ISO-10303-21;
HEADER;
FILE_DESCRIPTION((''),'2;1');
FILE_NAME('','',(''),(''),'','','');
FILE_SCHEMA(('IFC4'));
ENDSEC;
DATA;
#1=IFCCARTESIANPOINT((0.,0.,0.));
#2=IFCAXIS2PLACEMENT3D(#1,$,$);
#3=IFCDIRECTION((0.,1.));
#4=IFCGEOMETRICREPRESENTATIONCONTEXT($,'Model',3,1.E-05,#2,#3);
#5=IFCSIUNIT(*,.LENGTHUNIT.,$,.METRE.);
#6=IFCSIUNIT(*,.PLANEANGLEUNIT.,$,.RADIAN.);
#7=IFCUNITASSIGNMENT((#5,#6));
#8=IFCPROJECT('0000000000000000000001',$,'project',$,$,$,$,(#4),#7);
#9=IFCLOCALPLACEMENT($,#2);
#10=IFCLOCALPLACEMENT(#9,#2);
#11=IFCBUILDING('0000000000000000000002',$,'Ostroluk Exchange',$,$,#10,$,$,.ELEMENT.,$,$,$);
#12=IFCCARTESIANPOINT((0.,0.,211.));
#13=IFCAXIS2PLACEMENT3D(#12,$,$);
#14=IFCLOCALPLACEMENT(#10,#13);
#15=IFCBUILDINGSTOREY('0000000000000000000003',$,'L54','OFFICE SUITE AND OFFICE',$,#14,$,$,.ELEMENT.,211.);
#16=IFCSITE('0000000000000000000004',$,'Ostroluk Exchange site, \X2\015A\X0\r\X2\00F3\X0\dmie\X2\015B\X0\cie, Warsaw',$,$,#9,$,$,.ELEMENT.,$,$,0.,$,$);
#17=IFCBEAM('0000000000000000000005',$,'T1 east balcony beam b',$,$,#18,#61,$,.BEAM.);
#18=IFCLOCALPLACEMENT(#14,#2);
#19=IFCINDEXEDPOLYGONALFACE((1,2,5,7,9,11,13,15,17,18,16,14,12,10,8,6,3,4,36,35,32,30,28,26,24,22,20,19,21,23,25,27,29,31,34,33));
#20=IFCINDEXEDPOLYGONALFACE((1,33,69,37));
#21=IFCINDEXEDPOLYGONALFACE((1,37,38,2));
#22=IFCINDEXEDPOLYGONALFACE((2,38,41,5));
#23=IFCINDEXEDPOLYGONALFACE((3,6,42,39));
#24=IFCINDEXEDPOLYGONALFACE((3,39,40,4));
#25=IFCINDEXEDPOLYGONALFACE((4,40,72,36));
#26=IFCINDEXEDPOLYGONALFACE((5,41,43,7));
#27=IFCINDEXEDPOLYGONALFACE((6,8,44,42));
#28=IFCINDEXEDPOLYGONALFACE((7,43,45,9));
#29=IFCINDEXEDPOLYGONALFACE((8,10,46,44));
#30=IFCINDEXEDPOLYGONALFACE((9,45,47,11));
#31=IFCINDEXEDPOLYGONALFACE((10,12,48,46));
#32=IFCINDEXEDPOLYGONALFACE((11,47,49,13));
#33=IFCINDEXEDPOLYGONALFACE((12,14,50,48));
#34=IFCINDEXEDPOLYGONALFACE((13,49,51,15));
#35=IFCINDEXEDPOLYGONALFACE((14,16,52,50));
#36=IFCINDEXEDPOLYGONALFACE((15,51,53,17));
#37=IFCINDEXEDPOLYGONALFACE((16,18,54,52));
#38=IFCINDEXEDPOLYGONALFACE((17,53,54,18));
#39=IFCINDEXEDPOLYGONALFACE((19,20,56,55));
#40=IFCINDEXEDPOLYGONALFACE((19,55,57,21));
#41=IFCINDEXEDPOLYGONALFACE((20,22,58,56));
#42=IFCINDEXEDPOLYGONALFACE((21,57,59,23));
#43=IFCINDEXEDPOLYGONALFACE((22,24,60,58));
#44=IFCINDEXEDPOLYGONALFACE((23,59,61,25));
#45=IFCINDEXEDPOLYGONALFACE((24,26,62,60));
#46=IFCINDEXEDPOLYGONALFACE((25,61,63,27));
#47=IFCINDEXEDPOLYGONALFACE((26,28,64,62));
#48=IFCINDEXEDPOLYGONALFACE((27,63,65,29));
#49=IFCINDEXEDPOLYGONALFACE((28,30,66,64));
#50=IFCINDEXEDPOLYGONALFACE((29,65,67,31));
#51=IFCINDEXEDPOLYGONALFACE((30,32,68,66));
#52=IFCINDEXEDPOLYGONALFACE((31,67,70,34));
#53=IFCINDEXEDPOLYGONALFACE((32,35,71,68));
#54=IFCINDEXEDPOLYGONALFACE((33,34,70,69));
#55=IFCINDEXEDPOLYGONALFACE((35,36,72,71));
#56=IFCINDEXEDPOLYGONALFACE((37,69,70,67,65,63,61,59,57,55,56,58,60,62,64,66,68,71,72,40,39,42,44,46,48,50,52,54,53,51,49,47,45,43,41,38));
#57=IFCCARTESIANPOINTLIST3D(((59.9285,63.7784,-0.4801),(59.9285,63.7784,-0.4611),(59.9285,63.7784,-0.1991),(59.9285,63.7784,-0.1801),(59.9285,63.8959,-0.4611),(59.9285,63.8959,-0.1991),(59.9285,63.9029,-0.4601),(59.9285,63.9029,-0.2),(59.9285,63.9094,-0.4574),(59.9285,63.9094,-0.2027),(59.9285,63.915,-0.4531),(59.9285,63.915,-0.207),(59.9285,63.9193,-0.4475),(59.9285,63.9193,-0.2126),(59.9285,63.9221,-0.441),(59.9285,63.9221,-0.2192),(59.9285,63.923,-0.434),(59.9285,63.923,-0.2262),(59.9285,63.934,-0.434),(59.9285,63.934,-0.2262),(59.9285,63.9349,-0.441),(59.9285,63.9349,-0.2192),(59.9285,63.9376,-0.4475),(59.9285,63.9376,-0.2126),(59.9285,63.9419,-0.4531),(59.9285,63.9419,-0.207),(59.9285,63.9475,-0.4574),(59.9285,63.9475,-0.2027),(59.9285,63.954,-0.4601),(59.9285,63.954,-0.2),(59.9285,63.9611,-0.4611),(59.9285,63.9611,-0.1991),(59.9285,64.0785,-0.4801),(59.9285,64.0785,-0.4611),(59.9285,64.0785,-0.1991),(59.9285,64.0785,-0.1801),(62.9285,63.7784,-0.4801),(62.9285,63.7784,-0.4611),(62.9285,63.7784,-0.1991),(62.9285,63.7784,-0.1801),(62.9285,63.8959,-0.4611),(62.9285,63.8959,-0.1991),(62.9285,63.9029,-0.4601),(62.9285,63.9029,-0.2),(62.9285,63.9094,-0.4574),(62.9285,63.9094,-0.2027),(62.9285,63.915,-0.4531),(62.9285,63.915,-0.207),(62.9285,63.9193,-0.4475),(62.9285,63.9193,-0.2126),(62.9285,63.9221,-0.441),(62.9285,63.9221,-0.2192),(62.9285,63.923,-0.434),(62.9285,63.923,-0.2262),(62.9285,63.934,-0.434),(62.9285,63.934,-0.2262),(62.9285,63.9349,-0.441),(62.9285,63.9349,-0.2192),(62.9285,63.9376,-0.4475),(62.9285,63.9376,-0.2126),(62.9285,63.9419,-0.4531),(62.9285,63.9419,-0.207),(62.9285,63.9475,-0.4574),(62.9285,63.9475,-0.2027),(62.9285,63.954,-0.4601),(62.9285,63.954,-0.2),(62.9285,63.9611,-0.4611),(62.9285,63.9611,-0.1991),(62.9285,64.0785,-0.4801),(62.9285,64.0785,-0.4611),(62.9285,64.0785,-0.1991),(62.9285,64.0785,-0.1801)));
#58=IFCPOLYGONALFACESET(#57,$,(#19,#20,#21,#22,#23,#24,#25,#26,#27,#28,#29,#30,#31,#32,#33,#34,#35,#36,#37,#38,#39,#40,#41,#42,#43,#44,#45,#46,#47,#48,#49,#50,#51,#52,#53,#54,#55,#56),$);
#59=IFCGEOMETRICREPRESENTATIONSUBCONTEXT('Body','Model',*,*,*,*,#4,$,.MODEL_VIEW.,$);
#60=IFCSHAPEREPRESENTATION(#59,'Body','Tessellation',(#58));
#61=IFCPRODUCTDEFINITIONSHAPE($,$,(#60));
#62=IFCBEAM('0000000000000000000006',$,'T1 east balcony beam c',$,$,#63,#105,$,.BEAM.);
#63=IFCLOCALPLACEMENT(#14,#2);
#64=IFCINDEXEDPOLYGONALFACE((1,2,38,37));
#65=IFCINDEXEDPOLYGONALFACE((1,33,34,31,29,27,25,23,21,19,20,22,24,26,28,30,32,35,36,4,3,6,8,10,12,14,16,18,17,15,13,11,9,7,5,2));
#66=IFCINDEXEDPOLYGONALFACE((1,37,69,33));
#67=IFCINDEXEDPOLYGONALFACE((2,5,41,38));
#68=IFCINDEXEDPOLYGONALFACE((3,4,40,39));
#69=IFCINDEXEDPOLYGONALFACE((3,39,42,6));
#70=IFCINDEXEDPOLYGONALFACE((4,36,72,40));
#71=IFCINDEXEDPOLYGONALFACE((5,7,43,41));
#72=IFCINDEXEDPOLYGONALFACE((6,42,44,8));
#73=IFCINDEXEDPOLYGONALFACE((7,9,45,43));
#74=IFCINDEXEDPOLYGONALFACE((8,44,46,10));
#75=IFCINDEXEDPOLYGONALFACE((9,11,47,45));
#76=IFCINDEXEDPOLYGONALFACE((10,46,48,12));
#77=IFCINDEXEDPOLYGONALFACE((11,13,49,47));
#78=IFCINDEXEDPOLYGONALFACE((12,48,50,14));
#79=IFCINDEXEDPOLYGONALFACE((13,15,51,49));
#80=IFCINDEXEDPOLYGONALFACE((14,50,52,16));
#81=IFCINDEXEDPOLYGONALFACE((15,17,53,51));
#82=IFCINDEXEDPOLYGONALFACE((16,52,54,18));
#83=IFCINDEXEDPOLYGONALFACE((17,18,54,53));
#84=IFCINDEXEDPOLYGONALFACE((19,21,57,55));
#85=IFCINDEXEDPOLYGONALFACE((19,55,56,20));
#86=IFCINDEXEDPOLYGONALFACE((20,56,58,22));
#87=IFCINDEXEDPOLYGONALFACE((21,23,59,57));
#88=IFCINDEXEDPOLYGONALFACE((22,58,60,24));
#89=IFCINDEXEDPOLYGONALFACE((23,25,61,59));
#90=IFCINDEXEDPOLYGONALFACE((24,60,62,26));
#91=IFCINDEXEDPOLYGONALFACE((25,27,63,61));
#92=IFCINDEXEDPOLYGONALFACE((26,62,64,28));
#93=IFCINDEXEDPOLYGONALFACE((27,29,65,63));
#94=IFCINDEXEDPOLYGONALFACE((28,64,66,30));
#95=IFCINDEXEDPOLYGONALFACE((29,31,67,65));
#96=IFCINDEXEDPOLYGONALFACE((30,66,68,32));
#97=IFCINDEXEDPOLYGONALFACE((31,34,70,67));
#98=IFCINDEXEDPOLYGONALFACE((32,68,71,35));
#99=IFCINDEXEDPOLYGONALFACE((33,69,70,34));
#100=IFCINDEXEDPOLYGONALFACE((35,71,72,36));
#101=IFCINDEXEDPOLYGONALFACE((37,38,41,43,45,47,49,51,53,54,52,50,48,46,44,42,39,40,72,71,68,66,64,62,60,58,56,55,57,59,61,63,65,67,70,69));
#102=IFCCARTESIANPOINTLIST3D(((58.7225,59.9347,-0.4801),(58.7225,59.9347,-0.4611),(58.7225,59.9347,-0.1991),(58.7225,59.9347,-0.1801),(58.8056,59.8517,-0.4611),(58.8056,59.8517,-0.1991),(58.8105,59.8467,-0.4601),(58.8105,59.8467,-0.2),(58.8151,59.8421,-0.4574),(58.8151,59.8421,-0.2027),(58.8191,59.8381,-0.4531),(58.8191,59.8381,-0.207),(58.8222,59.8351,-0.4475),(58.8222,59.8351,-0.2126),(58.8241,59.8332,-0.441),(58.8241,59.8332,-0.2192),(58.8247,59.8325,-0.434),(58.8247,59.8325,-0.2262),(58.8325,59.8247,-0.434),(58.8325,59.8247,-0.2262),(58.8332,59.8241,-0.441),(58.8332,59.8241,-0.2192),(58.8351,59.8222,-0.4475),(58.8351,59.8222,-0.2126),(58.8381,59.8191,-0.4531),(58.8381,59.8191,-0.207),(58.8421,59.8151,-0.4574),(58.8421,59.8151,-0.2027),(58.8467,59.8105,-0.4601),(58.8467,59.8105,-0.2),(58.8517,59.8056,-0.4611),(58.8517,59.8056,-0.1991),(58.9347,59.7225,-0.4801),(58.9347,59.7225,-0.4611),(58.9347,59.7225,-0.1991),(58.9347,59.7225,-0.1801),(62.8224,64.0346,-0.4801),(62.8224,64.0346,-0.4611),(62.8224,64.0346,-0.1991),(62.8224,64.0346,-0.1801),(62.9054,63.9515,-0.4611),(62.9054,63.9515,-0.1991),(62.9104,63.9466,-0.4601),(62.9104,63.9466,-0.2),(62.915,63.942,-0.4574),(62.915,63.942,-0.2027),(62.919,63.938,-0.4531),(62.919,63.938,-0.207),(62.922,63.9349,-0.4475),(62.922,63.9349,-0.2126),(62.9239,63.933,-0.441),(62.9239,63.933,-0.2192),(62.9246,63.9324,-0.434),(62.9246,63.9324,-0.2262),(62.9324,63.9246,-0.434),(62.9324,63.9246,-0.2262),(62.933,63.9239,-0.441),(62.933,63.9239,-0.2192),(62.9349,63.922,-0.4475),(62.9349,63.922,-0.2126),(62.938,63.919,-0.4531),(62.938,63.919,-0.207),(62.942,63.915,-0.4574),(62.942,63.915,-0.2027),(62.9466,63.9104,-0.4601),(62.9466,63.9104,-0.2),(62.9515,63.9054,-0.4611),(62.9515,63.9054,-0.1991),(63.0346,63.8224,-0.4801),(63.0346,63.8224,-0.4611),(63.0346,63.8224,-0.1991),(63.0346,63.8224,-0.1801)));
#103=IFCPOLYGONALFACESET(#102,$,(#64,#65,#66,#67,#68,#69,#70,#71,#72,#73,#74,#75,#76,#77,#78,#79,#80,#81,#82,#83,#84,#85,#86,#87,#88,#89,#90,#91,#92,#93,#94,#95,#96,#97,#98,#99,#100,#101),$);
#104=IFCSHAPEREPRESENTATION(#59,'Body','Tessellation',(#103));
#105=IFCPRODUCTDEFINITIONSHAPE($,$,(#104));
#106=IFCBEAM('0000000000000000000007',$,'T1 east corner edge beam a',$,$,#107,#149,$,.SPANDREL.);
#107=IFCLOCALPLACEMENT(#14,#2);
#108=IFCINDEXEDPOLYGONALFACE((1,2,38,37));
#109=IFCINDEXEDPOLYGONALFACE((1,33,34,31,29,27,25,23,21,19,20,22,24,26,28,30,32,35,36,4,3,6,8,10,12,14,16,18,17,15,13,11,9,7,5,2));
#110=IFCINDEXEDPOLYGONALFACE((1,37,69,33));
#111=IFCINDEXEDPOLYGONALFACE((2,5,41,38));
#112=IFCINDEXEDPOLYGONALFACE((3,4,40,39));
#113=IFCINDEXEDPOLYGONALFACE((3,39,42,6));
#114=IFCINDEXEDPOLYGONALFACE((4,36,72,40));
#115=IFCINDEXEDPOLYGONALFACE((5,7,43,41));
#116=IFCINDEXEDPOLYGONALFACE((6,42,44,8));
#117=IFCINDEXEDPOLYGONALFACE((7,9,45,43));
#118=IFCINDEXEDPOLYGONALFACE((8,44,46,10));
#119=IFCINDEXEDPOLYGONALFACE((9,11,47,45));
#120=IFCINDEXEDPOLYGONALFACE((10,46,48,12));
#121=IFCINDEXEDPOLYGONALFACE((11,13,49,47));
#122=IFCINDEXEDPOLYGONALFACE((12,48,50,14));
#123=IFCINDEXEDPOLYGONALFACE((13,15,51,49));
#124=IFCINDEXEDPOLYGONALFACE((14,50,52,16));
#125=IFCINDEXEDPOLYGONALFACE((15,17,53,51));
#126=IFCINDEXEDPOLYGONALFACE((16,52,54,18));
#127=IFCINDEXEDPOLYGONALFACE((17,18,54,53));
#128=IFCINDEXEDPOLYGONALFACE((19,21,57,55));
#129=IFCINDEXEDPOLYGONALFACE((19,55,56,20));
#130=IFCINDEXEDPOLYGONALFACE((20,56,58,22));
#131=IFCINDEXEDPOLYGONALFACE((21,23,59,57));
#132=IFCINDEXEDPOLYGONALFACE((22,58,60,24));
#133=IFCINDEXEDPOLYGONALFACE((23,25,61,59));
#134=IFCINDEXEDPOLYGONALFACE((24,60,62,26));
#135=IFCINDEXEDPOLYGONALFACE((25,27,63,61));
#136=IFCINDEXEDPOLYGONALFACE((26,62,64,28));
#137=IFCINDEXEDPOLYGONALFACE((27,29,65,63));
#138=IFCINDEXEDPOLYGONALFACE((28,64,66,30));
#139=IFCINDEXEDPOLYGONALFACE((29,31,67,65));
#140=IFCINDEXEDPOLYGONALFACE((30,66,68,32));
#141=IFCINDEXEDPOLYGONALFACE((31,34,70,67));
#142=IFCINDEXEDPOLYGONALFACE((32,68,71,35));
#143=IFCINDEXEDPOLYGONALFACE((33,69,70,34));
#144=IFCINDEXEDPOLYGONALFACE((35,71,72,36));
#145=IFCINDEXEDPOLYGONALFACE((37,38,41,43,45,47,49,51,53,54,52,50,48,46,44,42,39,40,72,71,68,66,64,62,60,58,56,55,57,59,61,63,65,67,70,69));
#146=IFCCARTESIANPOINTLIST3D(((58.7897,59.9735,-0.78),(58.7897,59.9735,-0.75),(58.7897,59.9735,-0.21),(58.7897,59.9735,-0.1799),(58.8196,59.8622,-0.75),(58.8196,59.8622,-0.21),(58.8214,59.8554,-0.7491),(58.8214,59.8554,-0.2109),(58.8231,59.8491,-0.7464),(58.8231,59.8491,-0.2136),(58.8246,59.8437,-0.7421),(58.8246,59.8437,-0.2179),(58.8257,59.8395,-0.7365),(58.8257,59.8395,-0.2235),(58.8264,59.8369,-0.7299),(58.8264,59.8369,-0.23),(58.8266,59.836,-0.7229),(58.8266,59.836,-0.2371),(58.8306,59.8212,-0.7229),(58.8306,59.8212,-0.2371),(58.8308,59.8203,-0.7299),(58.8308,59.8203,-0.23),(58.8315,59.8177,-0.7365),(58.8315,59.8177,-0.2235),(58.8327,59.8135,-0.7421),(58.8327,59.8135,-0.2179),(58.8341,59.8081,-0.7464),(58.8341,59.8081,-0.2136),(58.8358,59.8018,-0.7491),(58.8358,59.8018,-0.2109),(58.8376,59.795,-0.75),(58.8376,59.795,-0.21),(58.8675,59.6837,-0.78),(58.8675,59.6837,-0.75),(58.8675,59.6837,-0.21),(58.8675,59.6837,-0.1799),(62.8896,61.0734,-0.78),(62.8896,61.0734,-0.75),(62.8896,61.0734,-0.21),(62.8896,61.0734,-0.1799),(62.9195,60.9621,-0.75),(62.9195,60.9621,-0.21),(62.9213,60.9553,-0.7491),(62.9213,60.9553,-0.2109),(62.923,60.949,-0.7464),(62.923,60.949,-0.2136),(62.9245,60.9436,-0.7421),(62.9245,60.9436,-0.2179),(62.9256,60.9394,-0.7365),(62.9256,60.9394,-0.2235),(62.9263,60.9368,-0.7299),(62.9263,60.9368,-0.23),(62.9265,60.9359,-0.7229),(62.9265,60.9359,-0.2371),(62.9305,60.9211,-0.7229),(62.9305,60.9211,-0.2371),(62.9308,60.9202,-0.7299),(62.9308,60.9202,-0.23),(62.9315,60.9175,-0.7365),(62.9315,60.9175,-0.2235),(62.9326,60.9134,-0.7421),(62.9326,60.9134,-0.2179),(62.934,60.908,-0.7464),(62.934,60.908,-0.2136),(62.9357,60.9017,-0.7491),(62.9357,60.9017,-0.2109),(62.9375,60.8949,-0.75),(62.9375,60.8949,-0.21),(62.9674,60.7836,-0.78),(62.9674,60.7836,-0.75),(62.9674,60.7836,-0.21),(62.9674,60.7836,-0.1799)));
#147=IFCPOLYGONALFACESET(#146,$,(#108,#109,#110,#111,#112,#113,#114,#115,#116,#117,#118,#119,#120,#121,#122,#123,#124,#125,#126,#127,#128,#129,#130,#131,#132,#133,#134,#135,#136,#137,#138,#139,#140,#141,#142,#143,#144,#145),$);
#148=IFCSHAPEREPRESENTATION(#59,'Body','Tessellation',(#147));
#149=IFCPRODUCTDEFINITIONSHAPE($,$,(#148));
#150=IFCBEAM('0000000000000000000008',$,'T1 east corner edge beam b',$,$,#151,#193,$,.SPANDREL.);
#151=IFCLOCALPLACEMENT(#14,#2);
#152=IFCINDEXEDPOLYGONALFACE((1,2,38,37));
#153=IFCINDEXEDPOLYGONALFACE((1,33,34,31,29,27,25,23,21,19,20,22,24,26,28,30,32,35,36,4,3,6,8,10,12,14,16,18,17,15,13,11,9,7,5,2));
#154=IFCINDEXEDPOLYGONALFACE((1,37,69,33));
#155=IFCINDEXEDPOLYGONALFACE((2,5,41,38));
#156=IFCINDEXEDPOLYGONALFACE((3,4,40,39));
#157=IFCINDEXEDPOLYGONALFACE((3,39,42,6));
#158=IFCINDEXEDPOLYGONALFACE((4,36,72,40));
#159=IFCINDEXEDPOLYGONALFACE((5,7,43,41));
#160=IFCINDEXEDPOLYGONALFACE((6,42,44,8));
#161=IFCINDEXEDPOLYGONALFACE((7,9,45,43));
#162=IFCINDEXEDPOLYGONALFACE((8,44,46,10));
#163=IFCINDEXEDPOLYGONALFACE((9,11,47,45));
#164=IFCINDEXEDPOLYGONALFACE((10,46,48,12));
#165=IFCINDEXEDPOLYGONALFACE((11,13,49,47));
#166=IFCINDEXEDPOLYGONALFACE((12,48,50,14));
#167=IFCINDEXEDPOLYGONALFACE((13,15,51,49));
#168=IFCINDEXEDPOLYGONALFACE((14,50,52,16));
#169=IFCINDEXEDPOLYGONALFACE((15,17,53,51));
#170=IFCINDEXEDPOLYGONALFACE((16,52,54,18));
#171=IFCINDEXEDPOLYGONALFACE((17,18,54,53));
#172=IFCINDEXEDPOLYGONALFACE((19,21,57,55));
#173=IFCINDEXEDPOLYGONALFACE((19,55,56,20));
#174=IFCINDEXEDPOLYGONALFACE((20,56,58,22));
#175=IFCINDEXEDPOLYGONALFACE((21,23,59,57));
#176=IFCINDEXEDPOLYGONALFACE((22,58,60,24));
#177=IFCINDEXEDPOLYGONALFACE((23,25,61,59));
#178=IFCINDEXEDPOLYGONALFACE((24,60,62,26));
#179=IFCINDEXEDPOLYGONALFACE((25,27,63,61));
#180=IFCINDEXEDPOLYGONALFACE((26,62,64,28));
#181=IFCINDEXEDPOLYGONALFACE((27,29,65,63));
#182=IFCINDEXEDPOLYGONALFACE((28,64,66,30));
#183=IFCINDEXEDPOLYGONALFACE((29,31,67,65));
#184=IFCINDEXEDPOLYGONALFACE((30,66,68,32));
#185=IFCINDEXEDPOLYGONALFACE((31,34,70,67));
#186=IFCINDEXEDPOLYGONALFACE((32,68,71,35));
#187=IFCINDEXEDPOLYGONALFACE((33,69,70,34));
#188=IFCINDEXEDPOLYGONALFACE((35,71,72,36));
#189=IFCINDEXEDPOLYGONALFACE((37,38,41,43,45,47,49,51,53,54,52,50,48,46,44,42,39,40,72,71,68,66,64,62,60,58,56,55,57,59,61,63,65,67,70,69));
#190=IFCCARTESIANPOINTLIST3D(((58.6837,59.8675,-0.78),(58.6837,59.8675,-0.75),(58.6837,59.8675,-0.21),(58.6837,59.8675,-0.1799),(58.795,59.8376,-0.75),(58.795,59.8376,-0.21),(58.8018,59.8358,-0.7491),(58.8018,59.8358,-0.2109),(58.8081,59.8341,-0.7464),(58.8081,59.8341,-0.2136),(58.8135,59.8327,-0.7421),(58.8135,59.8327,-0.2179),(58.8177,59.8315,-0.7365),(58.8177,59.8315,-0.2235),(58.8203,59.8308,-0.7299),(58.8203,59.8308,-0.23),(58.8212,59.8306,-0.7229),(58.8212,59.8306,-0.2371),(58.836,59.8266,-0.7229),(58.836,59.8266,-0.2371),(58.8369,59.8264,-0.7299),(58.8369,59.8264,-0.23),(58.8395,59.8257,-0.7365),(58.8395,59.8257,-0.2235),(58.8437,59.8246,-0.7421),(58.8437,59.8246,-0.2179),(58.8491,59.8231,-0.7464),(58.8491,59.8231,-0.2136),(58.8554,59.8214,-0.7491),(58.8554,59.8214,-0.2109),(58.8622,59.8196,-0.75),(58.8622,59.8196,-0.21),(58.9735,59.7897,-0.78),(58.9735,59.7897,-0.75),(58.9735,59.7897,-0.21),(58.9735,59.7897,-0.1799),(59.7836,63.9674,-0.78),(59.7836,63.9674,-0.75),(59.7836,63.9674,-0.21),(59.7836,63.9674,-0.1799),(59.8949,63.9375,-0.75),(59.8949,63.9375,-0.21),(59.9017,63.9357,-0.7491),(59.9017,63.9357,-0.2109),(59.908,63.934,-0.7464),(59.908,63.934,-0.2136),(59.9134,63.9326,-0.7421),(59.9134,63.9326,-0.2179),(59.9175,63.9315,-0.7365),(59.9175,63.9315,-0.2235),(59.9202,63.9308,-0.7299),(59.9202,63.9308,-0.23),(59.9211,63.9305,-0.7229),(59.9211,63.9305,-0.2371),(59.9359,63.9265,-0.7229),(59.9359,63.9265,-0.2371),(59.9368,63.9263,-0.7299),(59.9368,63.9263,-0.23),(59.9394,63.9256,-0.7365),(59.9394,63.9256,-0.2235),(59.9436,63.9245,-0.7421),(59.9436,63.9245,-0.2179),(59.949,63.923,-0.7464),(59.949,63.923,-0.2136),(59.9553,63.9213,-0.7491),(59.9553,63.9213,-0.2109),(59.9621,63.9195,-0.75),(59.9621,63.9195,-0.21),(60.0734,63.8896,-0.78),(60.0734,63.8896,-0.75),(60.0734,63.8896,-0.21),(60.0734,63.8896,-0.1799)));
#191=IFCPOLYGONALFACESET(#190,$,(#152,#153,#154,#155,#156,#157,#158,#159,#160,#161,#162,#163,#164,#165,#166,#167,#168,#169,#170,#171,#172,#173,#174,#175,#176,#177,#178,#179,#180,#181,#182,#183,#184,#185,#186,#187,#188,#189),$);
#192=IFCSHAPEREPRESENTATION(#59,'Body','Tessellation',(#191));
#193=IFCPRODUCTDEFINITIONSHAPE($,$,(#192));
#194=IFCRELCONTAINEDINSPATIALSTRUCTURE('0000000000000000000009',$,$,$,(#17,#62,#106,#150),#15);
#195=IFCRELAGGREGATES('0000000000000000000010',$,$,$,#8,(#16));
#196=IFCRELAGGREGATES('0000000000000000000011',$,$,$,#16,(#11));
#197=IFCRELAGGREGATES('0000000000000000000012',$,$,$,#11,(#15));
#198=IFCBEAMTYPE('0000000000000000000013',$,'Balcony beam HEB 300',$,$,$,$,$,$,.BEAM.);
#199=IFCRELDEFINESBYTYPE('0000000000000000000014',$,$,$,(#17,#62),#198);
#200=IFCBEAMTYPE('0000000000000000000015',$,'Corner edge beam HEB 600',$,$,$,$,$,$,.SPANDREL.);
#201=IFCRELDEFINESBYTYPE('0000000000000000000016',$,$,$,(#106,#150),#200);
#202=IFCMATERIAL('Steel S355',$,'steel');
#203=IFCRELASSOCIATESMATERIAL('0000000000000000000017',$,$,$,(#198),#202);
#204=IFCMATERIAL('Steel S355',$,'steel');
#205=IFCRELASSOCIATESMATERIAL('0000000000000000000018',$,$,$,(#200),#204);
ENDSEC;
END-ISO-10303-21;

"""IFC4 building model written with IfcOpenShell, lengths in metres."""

from ifc_helpers import new_model, si_unit, direction, frame, origin, origin_2d, place, context, subcontext, project, spatial, i_section, extrude, material, material_profile, profile_set, type_object, element, save


model = new_model("IFC4")

# Units and contexts
model_context = context("Model", 3, precision=1e-05, world=origin(), true_north=direction((0.0, 1.0)))
body_context = subcontext(model_context, "Body", "Model", "MODEL_VIEW")
ifc_project = project(units=[si_unit("LENGTHUNIT", "METRE"), si_unit("PLANEANGLEUNIT", "RADIAN")], contexts=[model_context])

# Site, building, storey
site_placement = place(None, origin())
site = spatial("IfcSite", under=ifc_project, at=site_placement, Name="Ostroluk Exchange site, Śródmieście, Warsaw", CompositionType="ELEMENT", RefElevation=0.0)
building_placement = place(site_placement, origin())
building = spatial("IfcBuilding", under=site, at=building_placement, Name="Ostroluk Exchange", CompositionType="ELEMENT")
storey_placement = place(building_placement, frame((0.0, 0.0, 211.0)))
storey = spatial("IfcBuildingStorey", under=building, at=storey_placement, Name="L54", Description="OFFICE SUITE AND OFFICE", CompositionType="ELEMENT", Elevation=211.0)

# Beams
ifc_material_1 = material(Name="Steel S355", Category="steel")
ifc_material_profile_1 = material_profile(ifc_material_1, i_section(OverallWidth=0.3, OverallDepth=0.3, WebThickness=0.011, FlangeThickness=0.019, FilletRadius=0.0271, at=origin_2d()), Name="HEB 300")
ifc_profile_set_1 = profile_set([ifc_material_profile_1], Name="Steel S355")
beam_type_1 = type_object("IfcBeamType", Name="Balcony beam HEB 300", PredefinedType="BEAM", material=ifc_profile_set_1)
for number, where, z_axis, x_axis, name in (
    (1, (59.9285, 63.9285, -0.3301), (1.0, 0.0, 0.0), (0.0, 1.0, 0.0), "T1 east balcony beam b"),
):
    element("IfcBeam", number, at=place(storey_placement, frame(where, z_axis=z_axis, x_axis=x_axis)), inside=storey, type_object=beam_type_1, Name=name, PredefinedType="BEAM", context=body_context, shape_type="SweptSolid", body=[
        extrude(i_section(OverallWidth=0.3, OverallDepth=0.3, WebThickness=0.011, FlangeThickness=0.019, FilletRadius=0.0271, at=origin_2d()), origin(), (0.0, 0.0, 1.0), 3.0),
    ])
beam_1_placement = place(storey_placement, frame((58.8286, 59.8286, -0.3301), z_axis=(0.707107, 0.707107, 0.0), x_axis=(-0.707107, 0.707107, 0.0)))
element("IfcBeam", 2, at=beam_1_placement, inside=storey, type_object=beam_type_1, Name="T1 east balcony beam c", PredefinedType="BEAM", context=body_context, shape_type="SweptSolid", body=[
    extrude(i_section(OverallWidth=0.3, OverallDepth=0.3, WebThickness=0.011, FlangeThickness=0.019, FilletRadius=0.0271, at=origin_2d()), origin(), (0.0, 0.0, 1.0), 5.7981),
])
ifc_material_2 = material(Name="Steel S355", Category="steel")
ifc_material_profile_2 = material_profile(ifc_material_2, i_section(OverallWidth=0.3, OverallDepth=0.6001, WebThickness=0.0154, FlangeThickness=0.03, FilletRadius=0.0271, at=origin_2d()), Name="HEB 600")
ifc_profile_set_2 = profile_set([ifc_material_profile_2], Name="Steel S355")
beam_type_2 = type_object("IfcBeamType", Name="Corner edge beam HEB 600", PredefinedType="SPANDREL", material=ifc_profile_set_2)
for number, where, z_axis, x_axis, name in (
    (3, (58.8286, 59.8286, -0.48), (0.965849, 0.259105, 0.0), (-0.259105, 0.965849, 0.0), "T1 east corner edge beam a"),
    (4, (58.8286, 59.8286, -0.48), (0.259105, 0.965849, 0.0), (-0.965849, 0.259105, 0.0), "T1 east corner edge beam b"),
):
    element("IfcBeam", number, at=place(storey_placement, frame(where, z_axis=z_axis, x_axis=x_axis)), inside=storey, type_object=beam_type_2, Name=name, PredefinedType="SPANDREL", context=body_context, shape_type="SweptSolid", body=[
        extrude(i_section(OverallWidth=0.3, OverallDepth=0.6001, WebThickness=0.0154, FlangeThickness=0.03, FilletRadius=0.0271, at=origin_2d()), origin(), (0.0, 0.0, 1.0), 4.2449),
    ])

save(model, "model.ifc")
